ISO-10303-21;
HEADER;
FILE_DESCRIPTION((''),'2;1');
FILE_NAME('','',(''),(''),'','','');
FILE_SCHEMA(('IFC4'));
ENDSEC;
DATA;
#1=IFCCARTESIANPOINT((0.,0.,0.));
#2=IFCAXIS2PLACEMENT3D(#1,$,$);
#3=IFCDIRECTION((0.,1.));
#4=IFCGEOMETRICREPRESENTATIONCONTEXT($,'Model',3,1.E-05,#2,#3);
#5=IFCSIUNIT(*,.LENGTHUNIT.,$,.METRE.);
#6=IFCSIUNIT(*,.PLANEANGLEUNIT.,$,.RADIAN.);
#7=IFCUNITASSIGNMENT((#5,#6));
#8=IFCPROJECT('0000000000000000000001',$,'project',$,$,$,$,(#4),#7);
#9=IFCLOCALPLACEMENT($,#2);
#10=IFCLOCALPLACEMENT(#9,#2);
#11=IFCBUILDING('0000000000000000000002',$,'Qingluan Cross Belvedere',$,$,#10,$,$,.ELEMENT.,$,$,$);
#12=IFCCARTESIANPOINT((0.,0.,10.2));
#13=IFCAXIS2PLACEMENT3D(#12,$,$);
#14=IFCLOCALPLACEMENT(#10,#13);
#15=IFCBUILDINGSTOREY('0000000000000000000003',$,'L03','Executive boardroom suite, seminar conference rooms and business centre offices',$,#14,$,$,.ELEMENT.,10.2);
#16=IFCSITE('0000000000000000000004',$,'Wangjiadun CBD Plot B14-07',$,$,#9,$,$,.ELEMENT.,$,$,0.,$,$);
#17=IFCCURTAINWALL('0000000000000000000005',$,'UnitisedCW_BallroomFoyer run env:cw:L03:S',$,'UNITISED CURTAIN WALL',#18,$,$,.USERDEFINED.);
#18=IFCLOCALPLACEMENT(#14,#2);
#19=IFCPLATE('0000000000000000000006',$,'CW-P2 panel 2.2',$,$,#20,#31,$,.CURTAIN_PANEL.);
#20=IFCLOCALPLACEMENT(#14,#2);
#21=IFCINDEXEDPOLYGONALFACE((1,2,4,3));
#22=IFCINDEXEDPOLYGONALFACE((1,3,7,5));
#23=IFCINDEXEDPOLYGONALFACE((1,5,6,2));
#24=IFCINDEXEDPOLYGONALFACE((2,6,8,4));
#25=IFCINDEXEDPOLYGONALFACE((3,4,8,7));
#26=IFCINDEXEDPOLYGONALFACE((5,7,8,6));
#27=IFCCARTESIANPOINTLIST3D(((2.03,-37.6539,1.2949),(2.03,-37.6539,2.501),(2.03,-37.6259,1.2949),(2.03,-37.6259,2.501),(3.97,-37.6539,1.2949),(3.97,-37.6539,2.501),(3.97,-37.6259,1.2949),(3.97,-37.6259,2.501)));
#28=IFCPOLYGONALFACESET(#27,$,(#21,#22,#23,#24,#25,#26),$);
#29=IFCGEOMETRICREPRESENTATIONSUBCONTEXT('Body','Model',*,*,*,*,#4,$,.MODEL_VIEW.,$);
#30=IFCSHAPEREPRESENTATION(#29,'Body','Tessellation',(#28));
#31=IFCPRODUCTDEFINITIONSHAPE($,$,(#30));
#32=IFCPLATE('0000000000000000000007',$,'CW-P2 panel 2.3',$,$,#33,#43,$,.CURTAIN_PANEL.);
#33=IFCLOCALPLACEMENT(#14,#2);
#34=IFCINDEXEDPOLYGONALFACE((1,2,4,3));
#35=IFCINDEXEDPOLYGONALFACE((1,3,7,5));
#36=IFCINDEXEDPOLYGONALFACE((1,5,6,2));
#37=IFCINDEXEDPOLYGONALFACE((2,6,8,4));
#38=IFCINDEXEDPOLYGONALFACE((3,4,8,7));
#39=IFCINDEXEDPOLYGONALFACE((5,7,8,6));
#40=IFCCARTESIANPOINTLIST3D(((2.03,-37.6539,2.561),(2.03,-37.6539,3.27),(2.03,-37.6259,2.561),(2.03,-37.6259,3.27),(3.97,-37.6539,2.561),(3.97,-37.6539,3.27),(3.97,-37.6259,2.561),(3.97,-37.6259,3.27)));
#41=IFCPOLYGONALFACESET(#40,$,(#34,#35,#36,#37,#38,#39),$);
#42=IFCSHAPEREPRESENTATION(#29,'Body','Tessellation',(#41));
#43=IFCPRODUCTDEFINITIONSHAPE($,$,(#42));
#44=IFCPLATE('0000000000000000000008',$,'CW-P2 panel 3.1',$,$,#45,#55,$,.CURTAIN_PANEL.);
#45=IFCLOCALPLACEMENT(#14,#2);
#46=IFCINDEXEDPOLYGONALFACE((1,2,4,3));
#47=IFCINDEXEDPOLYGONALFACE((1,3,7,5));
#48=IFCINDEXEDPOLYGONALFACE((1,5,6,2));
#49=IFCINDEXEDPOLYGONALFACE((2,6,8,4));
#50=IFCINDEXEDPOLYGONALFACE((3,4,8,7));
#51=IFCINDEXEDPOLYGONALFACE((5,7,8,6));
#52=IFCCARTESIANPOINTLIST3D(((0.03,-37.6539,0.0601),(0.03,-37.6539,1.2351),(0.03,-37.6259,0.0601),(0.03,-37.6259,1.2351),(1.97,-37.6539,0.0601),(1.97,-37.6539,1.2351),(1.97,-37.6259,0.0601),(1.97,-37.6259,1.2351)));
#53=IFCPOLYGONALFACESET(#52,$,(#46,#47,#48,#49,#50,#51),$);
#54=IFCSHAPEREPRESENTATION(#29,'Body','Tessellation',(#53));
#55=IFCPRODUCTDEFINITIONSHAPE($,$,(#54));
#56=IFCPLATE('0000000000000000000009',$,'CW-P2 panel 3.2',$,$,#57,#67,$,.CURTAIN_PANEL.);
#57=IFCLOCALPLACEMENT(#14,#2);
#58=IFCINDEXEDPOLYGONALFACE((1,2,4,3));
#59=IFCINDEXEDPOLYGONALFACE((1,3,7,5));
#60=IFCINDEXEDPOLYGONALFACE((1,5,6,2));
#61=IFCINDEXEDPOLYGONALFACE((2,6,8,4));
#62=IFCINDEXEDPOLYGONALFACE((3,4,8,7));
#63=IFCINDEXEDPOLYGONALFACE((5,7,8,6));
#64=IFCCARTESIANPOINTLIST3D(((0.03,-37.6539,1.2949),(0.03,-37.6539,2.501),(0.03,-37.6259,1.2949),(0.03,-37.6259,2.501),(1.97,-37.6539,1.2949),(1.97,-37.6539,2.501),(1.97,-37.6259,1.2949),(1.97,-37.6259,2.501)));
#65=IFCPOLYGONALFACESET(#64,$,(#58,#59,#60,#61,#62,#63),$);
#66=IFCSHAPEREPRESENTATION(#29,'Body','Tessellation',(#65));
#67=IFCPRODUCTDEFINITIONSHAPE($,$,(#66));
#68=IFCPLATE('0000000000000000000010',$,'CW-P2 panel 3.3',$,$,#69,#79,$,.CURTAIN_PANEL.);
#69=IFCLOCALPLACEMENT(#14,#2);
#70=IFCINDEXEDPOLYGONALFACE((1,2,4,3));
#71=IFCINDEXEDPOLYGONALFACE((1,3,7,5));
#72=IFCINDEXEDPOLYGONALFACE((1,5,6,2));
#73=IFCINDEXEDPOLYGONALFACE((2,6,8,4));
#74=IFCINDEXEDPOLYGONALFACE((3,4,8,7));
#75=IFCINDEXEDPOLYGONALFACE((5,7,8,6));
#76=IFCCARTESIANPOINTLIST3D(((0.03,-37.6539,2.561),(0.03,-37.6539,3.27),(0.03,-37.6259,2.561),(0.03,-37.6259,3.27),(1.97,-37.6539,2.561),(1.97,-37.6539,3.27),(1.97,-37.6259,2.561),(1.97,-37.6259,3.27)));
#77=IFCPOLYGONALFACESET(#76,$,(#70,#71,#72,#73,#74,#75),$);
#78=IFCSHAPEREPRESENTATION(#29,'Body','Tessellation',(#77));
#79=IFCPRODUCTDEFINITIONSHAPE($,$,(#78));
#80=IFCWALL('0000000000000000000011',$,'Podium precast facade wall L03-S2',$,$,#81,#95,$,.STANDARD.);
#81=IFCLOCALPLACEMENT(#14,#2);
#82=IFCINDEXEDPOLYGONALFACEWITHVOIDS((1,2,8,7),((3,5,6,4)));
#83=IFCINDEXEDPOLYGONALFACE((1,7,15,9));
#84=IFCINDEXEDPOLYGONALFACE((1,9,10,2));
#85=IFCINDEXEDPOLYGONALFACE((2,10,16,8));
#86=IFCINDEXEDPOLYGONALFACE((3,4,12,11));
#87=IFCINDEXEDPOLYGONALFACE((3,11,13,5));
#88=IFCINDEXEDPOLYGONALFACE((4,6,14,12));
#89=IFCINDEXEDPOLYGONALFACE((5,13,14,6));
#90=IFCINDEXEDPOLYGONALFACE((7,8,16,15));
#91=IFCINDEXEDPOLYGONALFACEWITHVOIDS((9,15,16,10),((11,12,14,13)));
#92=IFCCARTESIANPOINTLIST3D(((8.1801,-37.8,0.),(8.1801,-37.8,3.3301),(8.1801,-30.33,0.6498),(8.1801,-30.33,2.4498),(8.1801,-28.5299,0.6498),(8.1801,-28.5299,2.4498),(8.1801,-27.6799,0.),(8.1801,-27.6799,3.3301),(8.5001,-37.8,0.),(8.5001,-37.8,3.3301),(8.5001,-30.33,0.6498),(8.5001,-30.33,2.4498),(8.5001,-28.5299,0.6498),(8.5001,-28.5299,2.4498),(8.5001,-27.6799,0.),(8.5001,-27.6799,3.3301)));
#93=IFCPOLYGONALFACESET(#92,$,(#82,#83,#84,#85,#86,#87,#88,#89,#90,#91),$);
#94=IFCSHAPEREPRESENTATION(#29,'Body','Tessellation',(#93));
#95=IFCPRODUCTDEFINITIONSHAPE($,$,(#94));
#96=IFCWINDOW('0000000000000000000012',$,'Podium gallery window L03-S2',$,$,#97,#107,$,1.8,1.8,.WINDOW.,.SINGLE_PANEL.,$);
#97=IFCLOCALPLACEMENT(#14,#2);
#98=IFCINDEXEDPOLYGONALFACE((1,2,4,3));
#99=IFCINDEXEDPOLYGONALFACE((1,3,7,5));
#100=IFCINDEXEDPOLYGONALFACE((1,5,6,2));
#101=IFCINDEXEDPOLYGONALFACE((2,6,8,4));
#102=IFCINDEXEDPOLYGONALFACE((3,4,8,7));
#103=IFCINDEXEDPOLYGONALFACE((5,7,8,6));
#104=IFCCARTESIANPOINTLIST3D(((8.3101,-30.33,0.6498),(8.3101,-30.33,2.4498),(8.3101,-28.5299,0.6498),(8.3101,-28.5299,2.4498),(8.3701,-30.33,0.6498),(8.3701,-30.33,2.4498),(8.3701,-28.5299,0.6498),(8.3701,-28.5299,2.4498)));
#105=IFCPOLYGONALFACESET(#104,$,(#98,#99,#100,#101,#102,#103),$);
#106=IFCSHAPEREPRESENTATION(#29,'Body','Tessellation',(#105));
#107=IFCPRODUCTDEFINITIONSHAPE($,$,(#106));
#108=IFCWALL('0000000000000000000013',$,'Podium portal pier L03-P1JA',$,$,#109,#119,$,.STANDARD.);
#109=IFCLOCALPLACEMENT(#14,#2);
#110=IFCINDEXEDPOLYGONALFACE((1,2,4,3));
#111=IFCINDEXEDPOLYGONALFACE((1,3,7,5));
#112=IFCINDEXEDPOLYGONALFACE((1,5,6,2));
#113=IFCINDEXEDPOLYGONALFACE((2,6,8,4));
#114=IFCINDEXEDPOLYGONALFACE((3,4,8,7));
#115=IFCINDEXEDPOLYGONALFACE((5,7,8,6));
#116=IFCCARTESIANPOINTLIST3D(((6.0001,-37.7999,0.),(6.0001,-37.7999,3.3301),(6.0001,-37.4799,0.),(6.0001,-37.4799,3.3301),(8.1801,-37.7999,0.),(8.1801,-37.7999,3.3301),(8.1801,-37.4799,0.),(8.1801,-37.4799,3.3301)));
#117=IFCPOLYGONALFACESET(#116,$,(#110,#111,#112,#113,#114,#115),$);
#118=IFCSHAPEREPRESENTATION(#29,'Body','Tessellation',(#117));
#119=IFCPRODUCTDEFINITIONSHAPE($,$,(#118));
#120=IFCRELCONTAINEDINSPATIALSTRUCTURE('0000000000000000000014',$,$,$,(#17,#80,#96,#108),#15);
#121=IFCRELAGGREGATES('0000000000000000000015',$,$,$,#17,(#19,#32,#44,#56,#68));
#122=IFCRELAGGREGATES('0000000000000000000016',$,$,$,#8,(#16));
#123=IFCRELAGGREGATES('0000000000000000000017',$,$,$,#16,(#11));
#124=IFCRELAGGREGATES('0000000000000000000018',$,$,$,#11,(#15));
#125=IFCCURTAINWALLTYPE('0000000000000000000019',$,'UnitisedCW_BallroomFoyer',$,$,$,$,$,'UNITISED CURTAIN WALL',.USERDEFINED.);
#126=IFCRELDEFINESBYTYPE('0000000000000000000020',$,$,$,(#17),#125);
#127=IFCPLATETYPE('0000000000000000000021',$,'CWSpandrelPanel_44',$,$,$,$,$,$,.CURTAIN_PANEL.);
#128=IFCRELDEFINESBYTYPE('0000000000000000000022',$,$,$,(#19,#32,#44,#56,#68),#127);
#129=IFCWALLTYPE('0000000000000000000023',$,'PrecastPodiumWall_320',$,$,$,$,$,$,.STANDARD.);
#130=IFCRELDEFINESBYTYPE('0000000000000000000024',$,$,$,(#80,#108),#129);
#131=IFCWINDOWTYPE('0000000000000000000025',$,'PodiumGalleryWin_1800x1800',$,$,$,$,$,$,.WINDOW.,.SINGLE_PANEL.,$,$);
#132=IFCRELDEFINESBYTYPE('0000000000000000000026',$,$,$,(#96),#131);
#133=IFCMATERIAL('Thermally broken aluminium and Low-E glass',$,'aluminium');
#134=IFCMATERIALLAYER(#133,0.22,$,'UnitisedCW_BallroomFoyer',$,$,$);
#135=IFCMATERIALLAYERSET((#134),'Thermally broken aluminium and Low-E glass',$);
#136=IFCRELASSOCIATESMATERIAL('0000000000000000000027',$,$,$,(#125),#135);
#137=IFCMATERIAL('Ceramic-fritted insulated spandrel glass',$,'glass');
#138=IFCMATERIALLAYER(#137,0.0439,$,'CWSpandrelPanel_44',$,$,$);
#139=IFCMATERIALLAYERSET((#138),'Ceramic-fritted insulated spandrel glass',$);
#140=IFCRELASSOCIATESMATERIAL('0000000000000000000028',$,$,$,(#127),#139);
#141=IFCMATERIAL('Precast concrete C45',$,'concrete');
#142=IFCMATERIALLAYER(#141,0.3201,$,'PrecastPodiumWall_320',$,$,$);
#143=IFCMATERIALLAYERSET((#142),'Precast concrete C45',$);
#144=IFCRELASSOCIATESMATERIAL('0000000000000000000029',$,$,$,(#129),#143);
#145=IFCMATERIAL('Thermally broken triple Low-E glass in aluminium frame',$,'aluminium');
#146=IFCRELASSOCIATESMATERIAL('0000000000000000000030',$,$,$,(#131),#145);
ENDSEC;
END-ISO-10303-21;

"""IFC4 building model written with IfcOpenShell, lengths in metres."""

from ifc_helpers import new_model, si_unit, direction, frame, frame_2d, origin, origin_2d, place, context, subcontext, project, spatial, rectangle, extrude, material, layer, layer_set, type_object, element, fill, aggregate, save


model = new_model("IFC4")

# Units and contexts
model_context = context("Model", 3, precision=1e-05, world=origin(), true_north=direction((0.0, 1.0)))
body_context = subcontext(model_context, "Body", "Model", "MODEL_VIEW")
ifc_project = project(units=[si_unit("LENGTHUNIT", "METRE"), si_unit("PLANEANGLEUNIT", "RADIAN")], contexts=[model_context])

# Site, building, storey
site_placement = place(None, origin())
site = spatial("IfcSite", under=ifc_project, at=site_placement, Name="Wangjiadun CBD Plot B14-07", CompositionType="ELEMENT", RefElevation=0.0)
building_placement = place(site_placement, origin())
building = spatial("IfcBuilding", under=site, at=building_placement, Name="Qingluan Cross Belvedere", CompositionType="ELEMENT")
storey_placement = place(building_placement, frame((0.0, 0.0, 10.2)))
storey = spatial("IfcBuildingStorey", under=building, at=storey_placement, Name="L03", Description="Executive boardroom suite, seminar conference rooms and business centre offices", CompositionType="ELEMENT", Elevation=10.2)

# Curtain wall, plates
ifc_material_1 = material(Name="Thermally broken aluminium and Low-E glass", Category="aluminium")
ifc_layer_1 = layer(ifc_material_1, 0.22, Name="UnitisedCW_BallroomFoyer")
ifc_layer_set_1 = layer_set([ifc_layer_1], Name="Thermally broken aluminium and Low-E glass")
curtain_wall_type = type_object("IfcCurtainWallType", Name="UnitisedCW_BallroomFoyer", ElementType="UNITISED CURTAIN WALL", PredefinedType="USERDEFINED", material=ifc_layer_set_1)
curtain_wall_placement = place(storey_placement, origin())
curtain_wall = element("IfcCurtainWall", 1, at=curtain_wall_placement, inside=storey, type_object=curtain_wall_type, Name="UnitisedCW_BallroomFoyer run env:cw:L03:S", ObjectType="UNITISED CURTAIN WALL", PredefinedType="USERDEFINED")
ifc_material_2 = material(Name="Ceramic-fritted insulated spandrel glass", Category="glass")
ifc_layer_2 = layer(ifc_material_2, 0.0439, Name="CWSpandrelPanel_44")
ifc_layer_set_2 = layer_set([ifc_layer_2], Name="Ceramic-fritted insulated spandrel glass")
plate_type = type_object("IfcPlateType", Name="CWSpandrelPanel_44", PredefinedType="CURTAIN_PANEL", material=ifc_layer_set_2)
plate_1_placement = place(storey_placement, frame((3.0, -37.6399, 1.2949), z_axis=(0.0, 0.0, 1.0), x_axis=(-1.0, 0.0, 0.0)))
plate_1 = element("IfcPlate", 2, at=plate_1_placement, type_object=plate_type, Name="CW-P2 panel 2.2", PredefinedType="CURTAIN_PANEL", context=body_context, shape_type="SweptSolid", body=[
    extrude(rectangle(XDim=1.9399, YDim=0.0281, at=origin_2d()), origin(), (0.0, 0.0, 1.0), 1.2061),
])
plate_2_placement = place(storey_placement, frame((3.0, -37.6399, 2.561), z_axis=(0.0, 0.0, 1.0), x_axis=(-1.0, 0.0, 0.0)))
plate_2 = element("IfcPlate", 3, at=plate_2_placement, type_object=plate_type, Name="CW-P2 panel 2.3", PredefinedType="CURTAIN_PANEL", context=body_context, shape_type="SweptSolid", body=[
    extrude(rectangle(XDim=1.9399, YDim=0.0281, at=origin_2d()), origin(), (0.0, 0.0, 1.0), 0.709),
])
plate_3_placement = place(storey_placement, frame((1.0, -37.6399, 0.0601), z_axis=(0.0, 0.0, 1.0), x_axis=(-1.0, 0.0, 0.0)))
plate_3 = element("IfcPlate", 4, at=plate_3_placement, type_object=plate_type, Name="CW-P2 panel 3.1", PredefinedType="CURTAIN_PANEL", context=body_context, shape_type="SweptSolid", body=[
    extrude(rectangle(XDim=1.9399, YDim=0.0281, at=origin_2d()), origin(), (0.0, 0.0, 1.0), 1.175),
])
plate_4_placement = place(storey_placement, frame((1.0, -37.6399, 1.2949), z_axis=(0.0, 0.0, 1.0), x_axis=(-1.0, 0.0, 0.0)))
plate_4 = element("IfcPlate", 5, at=plate_4_placement, type_object=plate_type, Name="CW-P2 panel 3.2", PredefinedType="CURTAIN_PANEL", context=body_context, shape_type="SweptSolid", body=[
    extrude(rectangle(XDim=1.9399, YDim=0.0281, at=origin_2d()), origin(), (0.0, 0.0, 1.0), 1.2061),
])
plate_5_placement = place(storey_placement, frame((1.0, -37.6399, 2.561), z_axis=(0.0, 0.0, 1.0), x_axis=(-1.0, 0.0, 0.0)))
plate_5 = element("IfcPlate", 6, at=plate_5_placement, type_object=plate_type, Name="CW-P2 panel 3.3", PredefinedType="CURTAIN_PANEL", context=body_context, shape_type="SweptSolid", body=[
    extrude(rectangle(XDim=1.9399, YDim=0.0281, at=origin_2d()), origin(), (0.0, 0.0, 1.0), 0.709),
])
aggregate(curtain_wall, [plate_1, plate_2, plate_3, plate_4, plate_5])

# Wall, opening, window
ifc_material_3 = material(Name="Precast concrete C45", Category="concrete")
ifc_layer_3 = layer(ifc_material_3, 0.3201, Name="PrecastPodiumWall_320")
ifc_layer_set_3 = layer_set([ifc_layer_3], Name="Precast concrete C45")
wall_type = type_object("IfcWallType", Name="PrecastPodiumWall_320", PredefinedType="STANDARD", material=ifc_layer_set_3)
wall_1_placement = place(storey_placement, frame((8.3401, -27.6799, 0.0), z_axis=(0.0, 0.0, 1.0), x_axis=(0.0, -1.0, 0.0)))
wall_1 = element("IfcWall", 7, at=wall_1_placement, inside=storey, type_object=wall_type, Name="Podium precast facade wall L03-S2", PredefinedType="STANDARD", context=body_context, shape_type="SweptSolid", body=[
    extrude(rectangle(XDim=10.1201, YDim=0.3201, at=frame_2d((5.0601, 0.0))), origin(), (0.0, 0.0, 1.0), 3.3301),
])
opening_placement = place(wall_1_placement, frame((0.8501, 0.0, 0.6499)))
opening = element("IfcOpeningElement", 8, at=opening_placement, cuts=wall_1, PredefinedType="OPENING", context=body_context, shape_type="SweptSolid", body=[
    extrude(rectangle(XDim=1.8, YDim=1.8, at=frame_2d((0.8999, 0.8999))), frame((0.0, 0.1699, 0.0), z_axis=(0.0, -1.0, 0.0), x_axis=(1.0, 0.0, 0.0)), (0.0, 0.0, 1.0), 0.3401),
])
ifc_material_4 = material(Name="Thermally broken triple Low-E glass in aluminium frame", Category="aluminium")
window_type = type_object("IfcWindowType", Name="PodiumGalleryWin_1800x1800", PartitioningType="SINGLE_PANEL", PredefinedType="WINDOW", material=ifc_material_4)
window_placement = place(opening_placement, origin())
window = element("IfcWindow", 9, at=window_placement, inside=storey, type_object=window_type, Name="Podium gallery window L03-S2", OverallHeight=1.8, OverallWidth=1.8, PartitioningType="SINGLE_PANEL", PredefinedType="WINDOW", context=body_context, shape_type="SweptSolid", body=[
    extrude(rectangle(XDim=1.8, YDim=1.8, at=frame_2d((0.8999, 0.8999))), frame((0.0, 0.03, 0.0), z_axis=(0.0, -1.0, 0.0), x_axis=(1.0, 0.0, 0.0)), (0.0, 0.0, 1.0), 0.0601),
])
fill(opening, window)

# Wall
wall_2_placement = place(storey_placement, frame((8.1799, -37.6399, 0.0), z_axis=(0.0, 0.0, 1.0), x_axis=(-1.0, 0.0, 0.0)))
element("IfcWall", 10, at=wall_2_placement, inside=storey, type_object=wall_type, Name="Podium portal pier L03-P1JA", PredefinedType="STANDARD", context=body_context, shape_type="SweptSolid", body=[
    extrude(rectangle(XDim=2.1799, YDim=0.3201, at=frame_2d((1.0898, 0.0))), origin(), (0.0, 0.0, 1.0), 3.3301),
])

save(model, "model.ifc")
